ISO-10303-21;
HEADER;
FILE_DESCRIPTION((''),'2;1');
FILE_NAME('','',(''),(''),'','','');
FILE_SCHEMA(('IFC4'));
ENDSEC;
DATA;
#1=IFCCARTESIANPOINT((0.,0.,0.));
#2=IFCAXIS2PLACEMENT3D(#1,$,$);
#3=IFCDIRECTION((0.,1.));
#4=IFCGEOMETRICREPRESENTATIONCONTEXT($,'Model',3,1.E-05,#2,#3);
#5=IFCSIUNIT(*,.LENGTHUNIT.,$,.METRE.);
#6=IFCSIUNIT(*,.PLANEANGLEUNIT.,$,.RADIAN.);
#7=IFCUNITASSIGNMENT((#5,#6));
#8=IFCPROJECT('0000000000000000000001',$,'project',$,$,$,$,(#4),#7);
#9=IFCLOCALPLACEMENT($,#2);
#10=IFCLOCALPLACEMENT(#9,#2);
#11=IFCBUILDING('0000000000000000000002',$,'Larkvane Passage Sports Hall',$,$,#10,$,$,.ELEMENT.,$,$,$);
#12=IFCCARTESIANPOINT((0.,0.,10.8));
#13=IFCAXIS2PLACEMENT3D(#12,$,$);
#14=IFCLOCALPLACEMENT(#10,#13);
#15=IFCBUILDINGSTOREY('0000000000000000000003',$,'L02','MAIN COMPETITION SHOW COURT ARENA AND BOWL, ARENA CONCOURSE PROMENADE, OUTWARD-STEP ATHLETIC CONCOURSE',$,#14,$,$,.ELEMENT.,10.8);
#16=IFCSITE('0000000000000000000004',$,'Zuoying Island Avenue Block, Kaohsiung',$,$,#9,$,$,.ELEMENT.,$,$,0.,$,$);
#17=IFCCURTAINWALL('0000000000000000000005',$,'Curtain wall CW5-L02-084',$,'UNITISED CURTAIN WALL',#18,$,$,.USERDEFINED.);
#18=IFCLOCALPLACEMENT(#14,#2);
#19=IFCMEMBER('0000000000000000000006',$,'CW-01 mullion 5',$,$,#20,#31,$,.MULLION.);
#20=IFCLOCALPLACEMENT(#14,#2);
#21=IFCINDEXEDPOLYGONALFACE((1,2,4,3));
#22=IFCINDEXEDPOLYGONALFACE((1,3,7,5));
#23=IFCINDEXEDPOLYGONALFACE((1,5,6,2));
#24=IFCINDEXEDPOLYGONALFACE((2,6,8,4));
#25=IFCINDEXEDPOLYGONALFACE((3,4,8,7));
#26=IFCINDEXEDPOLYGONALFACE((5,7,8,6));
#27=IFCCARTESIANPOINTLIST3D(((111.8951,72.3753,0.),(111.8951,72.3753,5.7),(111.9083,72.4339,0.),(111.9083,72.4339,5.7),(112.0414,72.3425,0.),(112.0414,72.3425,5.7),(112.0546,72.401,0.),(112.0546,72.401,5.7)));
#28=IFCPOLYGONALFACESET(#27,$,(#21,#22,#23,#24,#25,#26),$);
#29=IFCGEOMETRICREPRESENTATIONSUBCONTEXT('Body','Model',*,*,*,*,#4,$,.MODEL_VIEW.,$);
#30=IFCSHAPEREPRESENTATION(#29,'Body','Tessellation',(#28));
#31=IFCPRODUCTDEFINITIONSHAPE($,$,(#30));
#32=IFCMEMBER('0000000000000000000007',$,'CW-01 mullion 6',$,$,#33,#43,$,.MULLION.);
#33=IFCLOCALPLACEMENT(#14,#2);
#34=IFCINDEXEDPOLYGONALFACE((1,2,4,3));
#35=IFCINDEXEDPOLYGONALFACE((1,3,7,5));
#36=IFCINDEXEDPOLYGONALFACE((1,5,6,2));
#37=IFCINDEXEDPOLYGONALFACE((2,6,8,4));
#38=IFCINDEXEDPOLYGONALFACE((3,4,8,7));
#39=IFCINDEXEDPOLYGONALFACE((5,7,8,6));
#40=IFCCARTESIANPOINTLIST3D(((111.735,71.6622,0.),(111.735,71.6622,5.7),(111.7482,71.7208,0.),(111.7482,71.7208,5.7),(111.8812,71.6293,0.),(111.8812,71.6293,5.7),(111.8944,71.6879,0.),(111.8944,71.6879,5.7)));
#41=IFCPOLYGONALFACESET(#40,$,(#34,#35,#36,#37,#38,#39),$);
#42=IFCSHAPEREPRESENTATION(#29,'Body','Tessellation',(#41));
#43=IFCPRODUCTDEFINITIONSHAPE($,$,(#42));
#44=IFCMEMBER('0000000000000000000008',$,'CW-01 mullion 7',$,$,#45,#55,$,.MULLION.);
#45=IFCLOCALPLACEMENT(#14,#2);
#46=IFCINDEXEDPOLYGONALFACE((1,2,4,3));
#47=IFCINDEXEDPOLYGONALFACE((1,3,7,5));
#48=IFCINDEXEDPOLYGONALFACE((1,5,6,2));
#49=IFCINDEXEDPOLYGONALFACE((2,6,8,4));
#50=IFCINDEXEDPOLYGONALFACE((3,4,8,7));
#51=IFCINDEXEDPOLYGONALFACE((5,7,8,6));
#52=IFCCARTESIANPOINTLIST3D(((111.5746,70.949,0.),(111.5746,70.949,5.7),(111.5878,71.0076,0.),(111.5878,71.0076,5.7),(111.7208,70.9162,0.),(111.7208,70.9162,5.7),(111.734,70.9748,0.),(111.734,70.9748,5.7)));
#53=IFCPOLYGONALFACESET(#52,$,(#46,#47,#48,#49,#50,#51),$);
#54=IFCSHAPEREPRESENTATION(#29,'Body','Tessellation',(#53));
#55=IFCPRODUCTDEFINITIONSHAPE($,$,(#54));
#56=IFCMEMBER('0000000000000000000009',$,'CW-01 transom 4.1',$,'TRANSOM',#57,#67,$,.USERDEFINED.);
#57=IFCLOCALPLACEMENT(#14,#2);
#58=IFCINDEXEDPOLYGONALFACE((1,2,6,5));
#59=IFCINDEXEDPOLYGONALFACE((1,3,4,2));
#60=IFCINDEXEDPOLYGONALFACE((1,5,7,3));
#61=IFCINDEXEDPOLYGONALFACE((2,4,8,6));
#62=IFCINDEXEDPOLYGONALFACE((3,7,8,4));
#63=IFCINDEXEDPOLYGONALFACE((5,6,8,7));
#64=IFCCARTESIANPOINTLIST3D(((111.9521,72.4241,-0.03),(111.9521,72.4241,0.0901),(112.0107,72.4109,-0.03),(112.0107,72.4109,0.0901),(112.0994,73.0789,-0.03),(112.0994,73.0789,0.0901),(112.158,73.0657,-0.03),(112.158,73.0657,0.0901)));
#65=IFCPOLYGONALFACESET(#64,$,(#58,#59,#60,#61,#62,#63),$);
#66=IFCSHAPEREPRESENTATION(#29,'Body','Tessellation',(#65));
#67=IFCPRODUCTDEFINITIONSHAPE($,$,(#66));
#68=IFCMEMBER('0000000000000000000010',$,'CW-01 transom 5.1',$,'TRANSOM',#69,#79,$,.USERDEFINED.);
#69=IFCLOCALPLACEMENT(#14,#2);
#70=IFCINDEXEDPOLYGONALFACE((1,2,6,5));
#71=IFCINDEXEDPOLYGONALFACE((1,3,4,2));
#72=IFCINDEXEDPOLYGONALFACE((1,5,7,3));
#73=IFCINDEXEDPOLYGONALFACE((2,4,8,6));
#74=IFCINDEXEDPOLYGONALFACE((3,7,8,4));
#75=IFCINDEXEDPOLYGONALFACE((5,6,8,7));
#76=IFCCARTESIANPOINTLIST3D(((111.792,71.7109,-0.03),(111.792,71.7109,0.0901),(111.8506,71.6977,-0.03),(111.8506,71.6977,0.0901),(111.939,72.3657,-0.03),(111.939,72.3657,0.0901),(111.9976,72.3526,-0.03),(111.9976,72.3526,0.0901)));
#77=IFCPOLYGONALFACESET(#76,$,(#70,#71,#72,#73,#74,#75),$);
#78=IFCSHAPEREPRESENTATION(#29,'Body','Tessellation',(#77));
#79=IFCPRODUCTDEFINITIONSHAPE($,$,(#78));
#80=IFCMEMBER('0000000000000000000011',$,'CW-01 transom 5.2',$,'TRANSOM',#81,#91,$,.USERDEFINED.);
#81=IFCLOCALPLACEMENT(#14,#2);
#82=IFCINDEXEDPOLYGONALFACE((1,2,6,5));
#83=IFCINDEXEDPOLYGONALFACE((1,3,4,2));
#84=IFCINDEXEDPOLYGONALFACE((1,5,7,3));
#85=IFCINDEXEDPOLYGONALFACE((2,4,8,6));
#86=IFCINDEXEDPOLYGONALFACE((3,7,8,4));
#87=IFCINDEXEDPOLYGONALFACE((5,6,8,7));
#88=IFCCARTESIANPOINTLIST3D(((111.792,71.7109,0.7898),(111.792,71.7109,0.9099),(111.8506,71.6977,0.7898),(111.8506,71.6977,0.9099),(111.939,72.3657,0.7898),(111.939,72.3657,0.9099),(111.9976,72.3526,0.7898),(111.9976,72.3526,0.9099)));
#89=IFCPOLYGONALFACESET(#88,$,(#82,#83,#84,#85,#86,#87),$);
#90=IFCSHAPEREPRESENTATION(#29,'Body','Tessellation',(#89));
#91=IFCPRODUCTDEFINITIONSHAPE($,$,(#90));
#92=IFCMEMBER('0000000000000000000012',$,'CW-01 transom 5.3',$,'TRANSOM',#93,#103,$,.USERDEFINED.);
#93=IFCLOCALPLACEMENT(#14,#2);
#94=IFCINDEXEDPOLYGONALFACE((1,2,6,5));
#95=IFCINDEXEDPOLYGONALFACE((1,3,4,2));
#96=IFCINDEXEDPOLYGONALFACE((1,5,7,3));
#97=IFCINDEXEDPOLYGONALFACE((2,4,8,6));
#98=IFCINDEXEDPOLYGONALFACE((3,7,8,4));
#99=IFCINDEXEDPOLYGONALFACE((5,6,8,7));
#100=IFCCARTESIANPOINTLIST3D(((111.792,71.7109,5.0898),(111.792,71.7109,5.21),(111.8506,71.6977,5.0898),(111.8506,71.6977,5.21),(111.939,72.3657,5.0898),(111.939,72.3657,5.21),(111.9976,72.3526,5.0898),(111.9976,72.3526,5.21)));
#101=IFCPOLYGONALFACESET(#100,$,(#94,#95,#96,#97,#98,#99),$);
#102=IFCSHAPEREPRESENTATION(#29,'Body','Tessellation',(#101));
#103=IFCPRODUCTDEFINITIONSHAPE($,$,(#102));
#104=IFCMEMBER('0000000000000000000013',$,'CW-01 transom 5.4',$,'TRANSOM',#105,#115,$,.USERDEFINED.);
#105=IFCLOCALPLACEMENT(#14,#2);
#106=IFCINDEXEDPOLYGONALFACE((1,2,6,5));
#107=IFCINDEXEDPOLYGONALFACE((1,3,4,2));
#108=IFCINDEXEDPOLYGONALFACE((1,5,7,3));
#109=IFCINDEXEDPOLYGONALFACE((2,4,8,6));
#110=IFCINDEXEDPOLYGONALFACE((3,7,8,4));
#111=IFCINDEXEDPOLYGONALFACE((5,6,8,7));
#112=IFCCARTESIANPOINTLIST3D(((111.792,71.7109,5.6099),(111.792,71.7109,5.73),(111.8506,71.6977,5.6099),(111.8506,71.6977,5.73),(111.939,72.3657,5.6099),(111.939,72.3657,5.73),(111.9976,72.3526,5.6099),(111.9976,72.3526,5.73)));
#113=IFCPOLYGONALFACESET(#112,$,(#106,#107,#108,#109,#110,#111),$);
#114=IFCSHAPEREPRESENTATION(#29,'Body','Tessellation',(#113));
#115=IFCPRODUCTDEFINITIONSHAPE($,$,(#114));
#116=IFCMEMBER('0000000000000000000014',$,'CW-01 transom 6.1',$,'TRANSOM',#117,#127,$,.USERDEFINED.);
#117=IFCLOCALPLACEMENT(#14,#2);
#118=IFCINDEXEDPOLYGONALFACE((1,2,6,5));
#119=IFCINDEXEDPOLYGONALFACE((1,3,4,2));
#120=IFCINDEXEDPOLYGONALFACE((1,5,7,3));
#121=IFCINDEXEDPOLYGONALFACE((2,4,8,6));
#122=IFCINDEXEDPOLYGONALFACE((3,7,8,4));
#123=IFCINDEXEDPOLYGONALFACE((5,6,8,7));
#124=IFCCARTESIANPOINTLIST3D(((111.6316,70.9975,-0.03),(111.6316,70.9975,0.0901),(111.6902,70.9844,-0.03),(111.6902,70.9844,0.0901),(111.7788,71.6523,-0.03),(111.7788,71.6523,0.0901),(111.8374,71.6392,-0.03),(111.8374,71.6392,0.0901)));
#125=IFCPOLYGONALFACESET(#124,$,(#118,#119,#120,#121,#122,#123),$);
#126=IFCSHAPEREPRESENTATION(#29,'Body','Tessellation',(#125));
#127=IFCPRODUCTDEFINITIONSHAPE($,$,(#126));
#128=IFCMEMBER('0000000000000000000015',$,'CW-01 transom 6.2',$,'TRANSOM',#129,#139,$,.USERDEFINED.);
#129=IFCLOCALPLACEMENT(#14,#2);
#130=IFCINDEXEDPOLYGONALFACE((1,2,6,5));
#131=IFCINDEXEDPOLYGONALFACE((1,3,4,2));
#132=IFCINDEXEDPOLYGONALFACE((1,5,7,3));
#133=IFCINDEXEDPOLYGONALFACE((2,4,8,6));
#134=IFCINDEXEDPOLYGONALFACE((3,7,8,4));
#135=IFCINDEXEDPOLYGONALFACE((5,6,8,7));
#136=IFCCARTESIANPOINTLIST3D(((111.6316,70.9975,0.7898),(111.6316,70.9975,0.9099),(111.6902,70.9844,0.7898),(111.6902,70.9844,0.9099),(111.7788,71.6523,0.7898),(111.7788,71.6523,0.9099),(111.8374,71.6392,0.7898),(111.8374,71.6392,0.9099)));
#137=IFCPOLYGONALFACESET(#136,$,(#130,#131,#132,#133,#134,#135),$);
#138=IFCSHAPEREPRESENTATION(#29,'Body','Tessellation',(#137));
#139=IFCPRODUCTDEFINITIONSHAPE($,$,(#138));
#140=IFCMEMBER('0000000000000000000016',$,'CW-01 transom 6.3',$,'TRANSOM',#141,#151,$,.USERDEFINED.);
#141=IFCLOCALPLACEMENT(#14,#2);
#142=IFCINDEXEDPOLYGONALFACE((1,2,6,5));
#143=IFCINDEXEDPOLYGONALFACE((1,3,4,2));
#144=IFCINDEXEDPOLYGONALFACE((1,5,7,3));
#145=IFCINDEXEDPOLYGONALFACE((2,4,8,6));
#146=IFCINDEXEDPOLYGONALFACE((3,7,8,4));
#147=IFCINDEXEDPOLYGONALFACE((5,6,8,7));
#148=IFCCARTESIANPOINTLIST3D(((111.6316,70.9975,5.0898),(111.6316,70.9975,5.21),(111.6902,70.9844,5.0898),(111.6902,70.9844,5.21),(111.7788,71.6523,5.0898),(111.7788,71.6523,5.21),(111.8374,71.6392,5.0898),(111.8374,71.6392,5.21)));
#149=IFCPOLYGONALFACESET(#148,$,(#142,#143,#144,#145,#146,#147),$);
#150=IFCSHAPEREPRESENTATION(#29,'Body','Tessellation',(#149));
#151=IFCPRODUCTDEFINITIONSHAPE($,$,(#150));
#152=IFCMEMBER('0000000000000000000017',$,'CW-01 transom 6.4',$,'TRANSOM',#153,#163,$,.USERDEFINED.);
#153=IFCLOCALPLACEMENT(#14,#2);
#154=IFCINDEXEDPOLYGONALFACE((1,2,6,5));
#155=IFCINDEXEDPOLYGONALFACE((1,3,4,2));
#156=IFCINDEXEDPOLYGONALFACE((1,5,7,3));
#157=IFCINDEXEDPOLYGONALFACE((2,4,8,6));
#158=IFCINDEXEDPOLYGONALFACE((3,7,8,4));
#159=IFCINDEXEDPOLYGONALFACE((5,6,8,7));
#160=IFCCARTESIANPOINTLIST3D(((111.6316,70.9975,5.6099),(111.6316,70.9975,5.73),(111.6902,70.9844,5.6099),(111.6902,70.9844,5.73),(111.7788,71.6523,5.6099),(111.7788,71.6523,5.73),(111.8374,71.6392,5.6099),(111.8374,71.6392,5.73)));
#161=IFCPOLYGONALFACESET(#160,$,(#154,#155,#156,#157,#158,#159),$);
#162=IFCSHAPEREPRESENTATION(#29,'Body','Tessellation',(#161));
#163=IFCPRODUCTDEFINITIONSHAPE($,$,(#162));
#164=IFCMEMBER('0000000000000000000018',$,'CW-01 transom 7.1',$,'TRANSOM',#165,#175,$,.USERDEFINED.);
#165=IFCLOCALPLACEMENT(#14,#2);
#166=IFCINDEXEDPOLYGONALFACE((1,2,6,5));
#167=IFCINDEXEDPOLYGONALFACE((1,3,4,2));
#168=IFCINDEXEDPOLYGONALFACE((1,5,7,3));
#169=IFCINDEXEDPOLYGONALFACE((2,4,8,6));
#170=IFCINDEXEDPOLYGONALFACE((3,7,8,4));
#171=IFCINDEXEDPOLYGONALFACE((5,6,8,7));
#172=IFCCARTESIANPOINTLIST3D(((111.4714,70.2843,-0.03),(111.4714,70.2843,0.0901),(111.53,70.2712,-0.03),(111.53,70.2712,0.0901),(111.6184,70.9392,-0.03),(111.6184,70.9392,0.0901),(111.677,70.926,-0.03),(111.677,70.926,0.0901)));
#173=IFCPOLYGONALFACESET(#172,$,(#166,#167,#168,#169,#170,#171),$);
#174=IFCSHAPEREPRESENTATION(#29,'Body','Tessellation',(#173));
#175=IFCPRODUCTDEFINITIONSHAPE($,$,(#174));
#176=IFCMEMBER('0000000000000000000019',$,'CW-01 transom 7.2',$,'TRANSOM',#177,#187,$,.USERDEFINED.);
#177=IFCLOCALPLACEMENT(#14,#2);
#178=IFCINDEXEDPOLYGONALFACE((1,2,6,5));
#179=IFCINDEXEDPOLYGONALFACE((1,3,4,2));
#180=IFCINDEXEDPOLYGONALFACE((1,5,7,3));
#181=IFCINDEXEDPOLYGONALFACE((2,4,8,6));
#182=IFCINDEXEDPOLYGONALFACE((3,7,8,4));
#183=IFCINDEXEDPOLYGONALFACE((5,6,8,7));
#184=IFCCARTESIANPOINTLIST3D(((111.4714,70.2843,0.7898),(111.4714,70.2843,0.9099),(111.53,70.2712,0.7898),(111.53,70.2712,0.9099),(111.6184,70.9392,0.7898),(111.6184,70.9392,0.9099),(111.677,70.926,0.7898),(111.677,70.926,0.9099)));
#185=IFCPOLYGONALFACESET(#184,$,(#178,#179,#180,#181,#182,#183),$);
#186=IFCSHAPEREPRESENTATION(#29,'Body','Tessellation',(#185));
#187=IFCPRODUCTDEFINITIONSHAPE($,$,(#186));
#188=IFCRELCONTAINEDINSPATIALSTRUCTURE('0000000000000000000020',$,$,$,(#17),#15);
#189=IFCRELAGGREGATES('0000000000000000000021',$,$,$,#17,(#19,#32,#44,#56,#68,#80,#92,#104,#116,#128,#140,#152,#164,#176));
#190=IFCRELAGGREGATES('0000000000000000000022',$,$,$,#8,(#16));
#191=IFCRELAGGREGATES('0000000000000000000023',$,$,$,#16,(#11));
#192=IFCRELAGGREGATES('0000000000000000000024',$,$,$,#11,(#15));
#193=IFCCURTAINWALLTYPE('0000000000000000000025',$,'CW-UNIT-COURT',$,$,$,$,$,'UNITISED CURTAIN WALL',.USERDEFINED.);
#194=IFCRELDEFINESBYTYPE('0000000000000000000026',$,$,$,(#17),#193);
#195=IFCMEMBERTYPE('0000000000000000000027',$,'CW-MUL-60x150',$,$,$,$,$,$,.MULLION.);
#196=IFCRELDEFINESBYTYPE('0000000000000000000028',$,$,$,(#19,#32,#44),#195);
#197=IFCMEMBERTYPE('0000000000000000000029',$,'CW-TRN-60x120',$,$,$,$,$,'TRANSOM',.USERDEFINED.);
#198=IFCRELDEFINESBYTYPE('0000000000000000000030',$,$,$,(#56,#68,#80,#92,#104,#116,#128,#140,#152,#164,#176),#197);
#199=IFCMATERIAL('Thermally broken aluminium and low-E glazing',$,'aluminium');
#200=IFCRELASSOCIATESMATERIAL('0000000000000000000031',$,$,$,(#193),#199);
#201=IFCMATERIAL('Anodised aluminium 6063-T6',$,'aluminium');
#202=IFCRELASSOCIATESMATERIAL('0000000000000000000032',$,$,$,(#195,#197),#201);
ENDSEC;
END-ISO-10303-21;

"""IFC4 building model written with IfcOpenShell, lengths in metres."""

from ifc_helpers import new_model, si_unit, direction, frame, origin, origin_2d, place, context, subcontext, project, spatial, rectangle, extrude, material, material_profile, profile_set, type_object, element, aggregate, save


model = new_model("IFC4")

# Units and contexts
model_context = context("Model", 3, precision=1e-05, world=origin(), true_north=direction((0.0, 1.0)))
body_context = subcontext(model_context, "Body", "Model", "MODEL_VIEW")
ifc_project = project(units=[si_unit("LENGTHUNIT", "METRE"), si_unit("PLANEANGLEUNIT", "RADIAN")], contexts=[model_context])

# Site, building, storey
site_placement = place(None, origin())
site = spatial("IfcSite", under=ifc_project, at=site_placement, Name="Zuoying Island Avenue Block, Kaohsiung", CompositionType="ELEMENT", RefElevation=0.0)
building_placement = place(site_placement, origin())
building = spatial("IfcBuilding", under=site, at=building_placement, Name="Larkvane Passage Sports Hall", CompositionType="ELEMENT")
storey_placement = place(building_placement, frame((0.0, 0.0, 10.8)))
storey = spatial("IfcBuildingStorey", under=building, at=storey_placement, Name="L02", Description="MAIN COMPETITION SHOW COURT ARENA AND BOWL, ARENA CONCOURSE PROMENADE, OUTWARD-STEP ATHLETIC CONCOURSE", CompositionType="ELEMENT", Elevation=10.8)

# Curtain wall, members
ifc_material_1 = material(Name="Thermally broken aluminium and low-E glazing", Category="aluminium")
curtain_wall_type = type_object("IfcCurtainWallType", Name="CW-UNIT-COURT", ElementType="UNITISED CURTAIN WALL", PredefinedType="USERDEFINED", material=ifc_material_1)
curtain_wall_placement = place(storey_placement, origin())
curtain_wall = element("IfcCurtainWall", 1, at=curtain_wall_placement, inside=storey, type_object=curtain_wall_type, Name="Curtain wall CW5-L02-084", ObjectType="UNITISED CURTAIN WALL", PredefinedType="USERDEFINED")
ifc_material_2 = material(Name="Anodised aluminium 6063-T6", Category="aluminium")
ifc_material_profile_1 = material_profile(ifc_material_2, rectangle(XDim=0.0601, YDim=0.1499, at=origin_2d()), Name="ALU-MUL-60x150")
ifc_profile_set_1 = profile_set([ifc_material_profile_1], Name="Anodised aluminium 6063-T6")
member_type_1 = type_object("IfcMemberType", Name="CW-MUL-60x150", PredefinedType="MULLION", material=ifc_profile_set_1)
member_1_placement = place(storey_placement, frame((111.9749, 72.3882, 0.0), z_axis=(0.0, 0.0, 1.0), x_axis=(-0.219244, -0.97567, 0.0)))
member_1 = element("IfcMember", 2, at=member_1_placement, type_object=member_type_1, Name="CW-01 mullion 5", PredefinedType="MULLION", context=body_context, shape_type="SweptSolid", body=[
    extrude(rectangle(XDim=0.0601, YDim=0.1499, at=origin_2d()), origin(), (0.0, 0.0, 1.0), 5.7),
])
member_2_placement = place(storey_placement, frame((111.8147, 71.675, 0.0), z_axis=(0.0, 0.0, 1.0), x_axis=(-0.219244, -0.97567, 0.0)))
member_2 = element("IfcMember", 3, at=member_2_placement, type_object=member_type_1, Name="CW-01 mullion 6", PredefinedType="MULLION", context=body_context, shape_type="SweptSolid", body=[
    extrude(rectangle(XDim=0.0601, YDim=0.1499, at=origin_2d()), origin(), (0.0, 0.0, 1.0), 5.7),
])
member_3_placement = place(storey_placement, frame((111.6543, 70.9619, 0.0), z_axis=(0.0, 0.0, 1.0), x_axis=(-0.219244, -0.97567, 0.0)))
member_3 = element("IfcMember", 4, at=member_3_placement, type_object=member_type_1, Name="CW-01 mullion 7", PredefinedType="MULLION", context=body_context, shape_type="SweptSolid", body=[
    extrude(rectangle(XDim=0.0601, YDim=0.1499, at=origin_2d()), origin(), (0.0, 0.0, 1.0), 5.7),
])
ifc_material_profile_2 = material_profile(ifc_material_2, rectangle(XDim=0.0601, YDim=0.1201, at=origin_2d()), Name="ALU-TRN-60x120")
ifc_profile_set_2 = profile_set([ifc_material_profile_2], Name="Anodised aluminium 6063-T6")
member_type_2 = type_object("IfcMemberType", Name="CW-TRN-60x120", ElementType="TRANSOM", PredefinedType="USERDEFINED", material=ifc_profile_set_2)
member_4_placement = place(storey_placement, frame((112.1287, 73.0723, 0.03), z_axis=(-0.219356, -0.975645, 0.0), x_axis=(0.975645, -0.219356, 0.0)))
member_4 = element("IfcMember", 5, at=member_4_placement, type_object=member_type_2, Name="CW-01 transom 4.1", ObjectType="TRANSOM", PredefinedType="USERDEFINED", context=body_context, shape_type="SweptSolid", body=[
    extrude(rectangle(XDim=0.0601, YDim=0.1201, at=origin_2d()), origin(), (0.0, 0.0, 1.0), 0.6711),
])
member_5_placement = place(storey_placement, frame((111.9683, 72.3591, 0.03), z_axis=(-0.21901, -0.975723, 0.0), x_axis=(0.975723, -0.21901, 0.0)))
member_5 = element("IfcMember", 6, at=member_5_placement, type_object=member_type_2, Name="CW-01 transom 5.1", ObjectType="TRANSOM", PredefinedType="USERDEFINED", context=body_context, shape_type="SweptSolid", body=[
    extrude(rectangle(XDim=0.0601, YDim=0.1201, at=origin_2d()), origin(), (0.0, 0.0, 1.0), 0.6711),
])
member_6_placement = place(storey_placement, frame((111.9683, 72.3591, 0.8499), z_axis=(-0.21901, -0.975723, 0.0), x_axis=(0.975723, -0.21901, 0.0)))
member_6 = element("IfcMember", 7, at=member_6_placement, type_object=member_type_2, Name="CW-01 transom 5.2", ObjectType="TRANSOM", PredefinedType="USERDEFINED", context=body_context, shape_type="SweptSolid", body=[
    extrude(rectangle(XDim=0.0601, YDim=0.1201, at=origin_2d()), origin(), (0.0, 0.0, 1.0), 0.6711),
])
member_7_placement = place(storey_placement, frame((111.9683, 72.3591, 5.1499), z_axis=(-0.21901, -0.975723, 0.0), x_axis=(0.975723, -0.21901, 0.0)))
member_7 = element("IfcMember", 8, at=member_7_placement, type_object=member_type_2, Name="CW-01 transom 5.3", ObjectType="TRANSOM", PredefinedType="USERDEFINED", context=body_context, shape_type="SweptSolid", body=[
    extrude(rectangle(XDim=0.0601, YDim=0.1201, at=origin_2d()), origin(), (0.0, 0.0, 1.0), 0.6711),
])
member_8_placement = place(storey_placement, frame((111.9683, 72.3591, 5.6699), z_axis=(-0.21901, -0.975723, 0.0), x_axis=(0.975723, -0.21901, 0.0)))
member_8 = element("IfcMember", 9, at=member_8_placement, type_object=member_type_2, Name="CW-01 transom 5.4", ObjectType="TRANSOM", PredefinedType="USERDEFINED", context=body_context, shape_type="SweptSolid", body=[
    extrude(rectangle(XDim=0.0601, YDim=0.1201, at=origin_2d()), origin(), (0.0, 0.0, 1.0), 0.6711),
])
member_9_placement = place(storey_placement, frame((111.8081, 71.6458, 0.03), z_axis=(-0.219356, -0.975645, 0.0), x_axis=(0.975645, -0.219356, 0.0)))
member_9 = element("IfcMember", 10, at=member_9_placement, type_object=member_type_2, Name="CW-01 transom 6.1", ObjectType="TRANSOM", PredefinedType="USERDEFINED", context=body_context, shape_type="SweptSolid", body=[
    extrude(rectangle(XDim=0.0601, YDim=0.1201, at=origin_2d()), origin(), (0.0, 0.0, 1.0), 0.6711),
])
member_10_placement = place(storey_placement, frame((111.8081, 71.6458, 0.8499), z_axis=(-0.219356, -0.975645, 0.0), x_axis=(0.975645, -0.219356, 0.0)))
member_10 = element("IfcMember", 11, at=member_10_placement, type_object=member_type_2, Name="CW-01 transom 6.2", ObjectType="TRANSOM", PredefinedType="USERDEFINED", context=body_context, shape_type="SweptSolid", body=[
    extrude(rectangle(XDim=0.0601, YDim=0.1201, at=origin_2d()), origin(), (0.0, 0.0, 1.0), 0.6711),
])
member_11_placement = place(storey_placement, frame((111.8081, 71.6458, 5.1499), z_axis=(-0.219356, -0.975645, 0.0), x_axis=(0.975645, -0.219356, 0.0)))
member_11 = element("IfcMember", 12, at=member_11_placement, type_object=member_type_2, Name="CW-01 transom 6.3", ObjectType="TRANSOM", PredefinedType="USERDEFINED", context=body_context, shape_type="SweptSolid", body=[
    extrude(rectangle(XDim=0.0601, YDim=0.1201, at=origin_2d()), origin(), (0.0, 0.0, 1.0), 0.6711),
])
member_12_placement = place(storey_placement, frame((111.8081, 71.6458, 5.6699), z_axis=(-0.219356, -0.975645, 0.0), x_axis=(0.975645, -0.219356, 0.0)))
member_12 = element("IfcMember", 13, at=member_12_placement, type_object=member_type_2, Name="CW-01 transom 6.4", ObjectType="TRANSOM", PredefinedType="USERDEFINED", context=body_context, shape_type="SweptSolid", body=[
    extrude(rectangle(XDim=0.0601, YDim=0.1201, at=origin_2d()), origin(), (0.0, 0.0, 1.0), 0.6711),
])
member_13_placement = place(storey_placement, frame((111.6477, 70.9326, 0.03), z_axis=(-0.21901, -0.975723, 0.0), x_axis=(0.975723, -0.21901, 0.0)))
member_13 = element("IfcMember", 14, at=member_13_placement, type_object=member_type_2, Name="CW-01 transom 7.1", ObjectType="TRANSOM", PredefinedType="USERDEFINED", context=body_context, shape_type="SweptSolid", body=[
    extrude(rectangle(XDim=0.0601, YDim=0.1201, at=origin_2d()), origin(), (0.0, 0.0, 1.0), 0.6711),
])
member_14_placement = place(storey_placement, frame((111.6477, 70.9326, 0.8499), z_axis=(-0.21901, -0.975723, 0.0), x_axis=(0.975723, -0.21901, 0.0)))
member_14 = element("IfcMember", 15, at=member_14_placement, type_object=member_type_2, Name="CW-01 transom 7.2", ObjectType="TRANSOM", PredefinedType="USERDEFINED", context=body_context, shape_type="SweptSolid", body=[
    extrude(rectangle(XDim=0.0601, YDim=0.1201, at=origin_2d()), origin(), (0.0, 0.0, 1.0), 0.6711),
])
aggregate(curtain_wall, [member_1, member_2, member_3, member_4, member_5, member_6, member_7, member_8, member_9, member_10, member_11, member_12, member_13, member_14])

save(model, "model.ifc")
